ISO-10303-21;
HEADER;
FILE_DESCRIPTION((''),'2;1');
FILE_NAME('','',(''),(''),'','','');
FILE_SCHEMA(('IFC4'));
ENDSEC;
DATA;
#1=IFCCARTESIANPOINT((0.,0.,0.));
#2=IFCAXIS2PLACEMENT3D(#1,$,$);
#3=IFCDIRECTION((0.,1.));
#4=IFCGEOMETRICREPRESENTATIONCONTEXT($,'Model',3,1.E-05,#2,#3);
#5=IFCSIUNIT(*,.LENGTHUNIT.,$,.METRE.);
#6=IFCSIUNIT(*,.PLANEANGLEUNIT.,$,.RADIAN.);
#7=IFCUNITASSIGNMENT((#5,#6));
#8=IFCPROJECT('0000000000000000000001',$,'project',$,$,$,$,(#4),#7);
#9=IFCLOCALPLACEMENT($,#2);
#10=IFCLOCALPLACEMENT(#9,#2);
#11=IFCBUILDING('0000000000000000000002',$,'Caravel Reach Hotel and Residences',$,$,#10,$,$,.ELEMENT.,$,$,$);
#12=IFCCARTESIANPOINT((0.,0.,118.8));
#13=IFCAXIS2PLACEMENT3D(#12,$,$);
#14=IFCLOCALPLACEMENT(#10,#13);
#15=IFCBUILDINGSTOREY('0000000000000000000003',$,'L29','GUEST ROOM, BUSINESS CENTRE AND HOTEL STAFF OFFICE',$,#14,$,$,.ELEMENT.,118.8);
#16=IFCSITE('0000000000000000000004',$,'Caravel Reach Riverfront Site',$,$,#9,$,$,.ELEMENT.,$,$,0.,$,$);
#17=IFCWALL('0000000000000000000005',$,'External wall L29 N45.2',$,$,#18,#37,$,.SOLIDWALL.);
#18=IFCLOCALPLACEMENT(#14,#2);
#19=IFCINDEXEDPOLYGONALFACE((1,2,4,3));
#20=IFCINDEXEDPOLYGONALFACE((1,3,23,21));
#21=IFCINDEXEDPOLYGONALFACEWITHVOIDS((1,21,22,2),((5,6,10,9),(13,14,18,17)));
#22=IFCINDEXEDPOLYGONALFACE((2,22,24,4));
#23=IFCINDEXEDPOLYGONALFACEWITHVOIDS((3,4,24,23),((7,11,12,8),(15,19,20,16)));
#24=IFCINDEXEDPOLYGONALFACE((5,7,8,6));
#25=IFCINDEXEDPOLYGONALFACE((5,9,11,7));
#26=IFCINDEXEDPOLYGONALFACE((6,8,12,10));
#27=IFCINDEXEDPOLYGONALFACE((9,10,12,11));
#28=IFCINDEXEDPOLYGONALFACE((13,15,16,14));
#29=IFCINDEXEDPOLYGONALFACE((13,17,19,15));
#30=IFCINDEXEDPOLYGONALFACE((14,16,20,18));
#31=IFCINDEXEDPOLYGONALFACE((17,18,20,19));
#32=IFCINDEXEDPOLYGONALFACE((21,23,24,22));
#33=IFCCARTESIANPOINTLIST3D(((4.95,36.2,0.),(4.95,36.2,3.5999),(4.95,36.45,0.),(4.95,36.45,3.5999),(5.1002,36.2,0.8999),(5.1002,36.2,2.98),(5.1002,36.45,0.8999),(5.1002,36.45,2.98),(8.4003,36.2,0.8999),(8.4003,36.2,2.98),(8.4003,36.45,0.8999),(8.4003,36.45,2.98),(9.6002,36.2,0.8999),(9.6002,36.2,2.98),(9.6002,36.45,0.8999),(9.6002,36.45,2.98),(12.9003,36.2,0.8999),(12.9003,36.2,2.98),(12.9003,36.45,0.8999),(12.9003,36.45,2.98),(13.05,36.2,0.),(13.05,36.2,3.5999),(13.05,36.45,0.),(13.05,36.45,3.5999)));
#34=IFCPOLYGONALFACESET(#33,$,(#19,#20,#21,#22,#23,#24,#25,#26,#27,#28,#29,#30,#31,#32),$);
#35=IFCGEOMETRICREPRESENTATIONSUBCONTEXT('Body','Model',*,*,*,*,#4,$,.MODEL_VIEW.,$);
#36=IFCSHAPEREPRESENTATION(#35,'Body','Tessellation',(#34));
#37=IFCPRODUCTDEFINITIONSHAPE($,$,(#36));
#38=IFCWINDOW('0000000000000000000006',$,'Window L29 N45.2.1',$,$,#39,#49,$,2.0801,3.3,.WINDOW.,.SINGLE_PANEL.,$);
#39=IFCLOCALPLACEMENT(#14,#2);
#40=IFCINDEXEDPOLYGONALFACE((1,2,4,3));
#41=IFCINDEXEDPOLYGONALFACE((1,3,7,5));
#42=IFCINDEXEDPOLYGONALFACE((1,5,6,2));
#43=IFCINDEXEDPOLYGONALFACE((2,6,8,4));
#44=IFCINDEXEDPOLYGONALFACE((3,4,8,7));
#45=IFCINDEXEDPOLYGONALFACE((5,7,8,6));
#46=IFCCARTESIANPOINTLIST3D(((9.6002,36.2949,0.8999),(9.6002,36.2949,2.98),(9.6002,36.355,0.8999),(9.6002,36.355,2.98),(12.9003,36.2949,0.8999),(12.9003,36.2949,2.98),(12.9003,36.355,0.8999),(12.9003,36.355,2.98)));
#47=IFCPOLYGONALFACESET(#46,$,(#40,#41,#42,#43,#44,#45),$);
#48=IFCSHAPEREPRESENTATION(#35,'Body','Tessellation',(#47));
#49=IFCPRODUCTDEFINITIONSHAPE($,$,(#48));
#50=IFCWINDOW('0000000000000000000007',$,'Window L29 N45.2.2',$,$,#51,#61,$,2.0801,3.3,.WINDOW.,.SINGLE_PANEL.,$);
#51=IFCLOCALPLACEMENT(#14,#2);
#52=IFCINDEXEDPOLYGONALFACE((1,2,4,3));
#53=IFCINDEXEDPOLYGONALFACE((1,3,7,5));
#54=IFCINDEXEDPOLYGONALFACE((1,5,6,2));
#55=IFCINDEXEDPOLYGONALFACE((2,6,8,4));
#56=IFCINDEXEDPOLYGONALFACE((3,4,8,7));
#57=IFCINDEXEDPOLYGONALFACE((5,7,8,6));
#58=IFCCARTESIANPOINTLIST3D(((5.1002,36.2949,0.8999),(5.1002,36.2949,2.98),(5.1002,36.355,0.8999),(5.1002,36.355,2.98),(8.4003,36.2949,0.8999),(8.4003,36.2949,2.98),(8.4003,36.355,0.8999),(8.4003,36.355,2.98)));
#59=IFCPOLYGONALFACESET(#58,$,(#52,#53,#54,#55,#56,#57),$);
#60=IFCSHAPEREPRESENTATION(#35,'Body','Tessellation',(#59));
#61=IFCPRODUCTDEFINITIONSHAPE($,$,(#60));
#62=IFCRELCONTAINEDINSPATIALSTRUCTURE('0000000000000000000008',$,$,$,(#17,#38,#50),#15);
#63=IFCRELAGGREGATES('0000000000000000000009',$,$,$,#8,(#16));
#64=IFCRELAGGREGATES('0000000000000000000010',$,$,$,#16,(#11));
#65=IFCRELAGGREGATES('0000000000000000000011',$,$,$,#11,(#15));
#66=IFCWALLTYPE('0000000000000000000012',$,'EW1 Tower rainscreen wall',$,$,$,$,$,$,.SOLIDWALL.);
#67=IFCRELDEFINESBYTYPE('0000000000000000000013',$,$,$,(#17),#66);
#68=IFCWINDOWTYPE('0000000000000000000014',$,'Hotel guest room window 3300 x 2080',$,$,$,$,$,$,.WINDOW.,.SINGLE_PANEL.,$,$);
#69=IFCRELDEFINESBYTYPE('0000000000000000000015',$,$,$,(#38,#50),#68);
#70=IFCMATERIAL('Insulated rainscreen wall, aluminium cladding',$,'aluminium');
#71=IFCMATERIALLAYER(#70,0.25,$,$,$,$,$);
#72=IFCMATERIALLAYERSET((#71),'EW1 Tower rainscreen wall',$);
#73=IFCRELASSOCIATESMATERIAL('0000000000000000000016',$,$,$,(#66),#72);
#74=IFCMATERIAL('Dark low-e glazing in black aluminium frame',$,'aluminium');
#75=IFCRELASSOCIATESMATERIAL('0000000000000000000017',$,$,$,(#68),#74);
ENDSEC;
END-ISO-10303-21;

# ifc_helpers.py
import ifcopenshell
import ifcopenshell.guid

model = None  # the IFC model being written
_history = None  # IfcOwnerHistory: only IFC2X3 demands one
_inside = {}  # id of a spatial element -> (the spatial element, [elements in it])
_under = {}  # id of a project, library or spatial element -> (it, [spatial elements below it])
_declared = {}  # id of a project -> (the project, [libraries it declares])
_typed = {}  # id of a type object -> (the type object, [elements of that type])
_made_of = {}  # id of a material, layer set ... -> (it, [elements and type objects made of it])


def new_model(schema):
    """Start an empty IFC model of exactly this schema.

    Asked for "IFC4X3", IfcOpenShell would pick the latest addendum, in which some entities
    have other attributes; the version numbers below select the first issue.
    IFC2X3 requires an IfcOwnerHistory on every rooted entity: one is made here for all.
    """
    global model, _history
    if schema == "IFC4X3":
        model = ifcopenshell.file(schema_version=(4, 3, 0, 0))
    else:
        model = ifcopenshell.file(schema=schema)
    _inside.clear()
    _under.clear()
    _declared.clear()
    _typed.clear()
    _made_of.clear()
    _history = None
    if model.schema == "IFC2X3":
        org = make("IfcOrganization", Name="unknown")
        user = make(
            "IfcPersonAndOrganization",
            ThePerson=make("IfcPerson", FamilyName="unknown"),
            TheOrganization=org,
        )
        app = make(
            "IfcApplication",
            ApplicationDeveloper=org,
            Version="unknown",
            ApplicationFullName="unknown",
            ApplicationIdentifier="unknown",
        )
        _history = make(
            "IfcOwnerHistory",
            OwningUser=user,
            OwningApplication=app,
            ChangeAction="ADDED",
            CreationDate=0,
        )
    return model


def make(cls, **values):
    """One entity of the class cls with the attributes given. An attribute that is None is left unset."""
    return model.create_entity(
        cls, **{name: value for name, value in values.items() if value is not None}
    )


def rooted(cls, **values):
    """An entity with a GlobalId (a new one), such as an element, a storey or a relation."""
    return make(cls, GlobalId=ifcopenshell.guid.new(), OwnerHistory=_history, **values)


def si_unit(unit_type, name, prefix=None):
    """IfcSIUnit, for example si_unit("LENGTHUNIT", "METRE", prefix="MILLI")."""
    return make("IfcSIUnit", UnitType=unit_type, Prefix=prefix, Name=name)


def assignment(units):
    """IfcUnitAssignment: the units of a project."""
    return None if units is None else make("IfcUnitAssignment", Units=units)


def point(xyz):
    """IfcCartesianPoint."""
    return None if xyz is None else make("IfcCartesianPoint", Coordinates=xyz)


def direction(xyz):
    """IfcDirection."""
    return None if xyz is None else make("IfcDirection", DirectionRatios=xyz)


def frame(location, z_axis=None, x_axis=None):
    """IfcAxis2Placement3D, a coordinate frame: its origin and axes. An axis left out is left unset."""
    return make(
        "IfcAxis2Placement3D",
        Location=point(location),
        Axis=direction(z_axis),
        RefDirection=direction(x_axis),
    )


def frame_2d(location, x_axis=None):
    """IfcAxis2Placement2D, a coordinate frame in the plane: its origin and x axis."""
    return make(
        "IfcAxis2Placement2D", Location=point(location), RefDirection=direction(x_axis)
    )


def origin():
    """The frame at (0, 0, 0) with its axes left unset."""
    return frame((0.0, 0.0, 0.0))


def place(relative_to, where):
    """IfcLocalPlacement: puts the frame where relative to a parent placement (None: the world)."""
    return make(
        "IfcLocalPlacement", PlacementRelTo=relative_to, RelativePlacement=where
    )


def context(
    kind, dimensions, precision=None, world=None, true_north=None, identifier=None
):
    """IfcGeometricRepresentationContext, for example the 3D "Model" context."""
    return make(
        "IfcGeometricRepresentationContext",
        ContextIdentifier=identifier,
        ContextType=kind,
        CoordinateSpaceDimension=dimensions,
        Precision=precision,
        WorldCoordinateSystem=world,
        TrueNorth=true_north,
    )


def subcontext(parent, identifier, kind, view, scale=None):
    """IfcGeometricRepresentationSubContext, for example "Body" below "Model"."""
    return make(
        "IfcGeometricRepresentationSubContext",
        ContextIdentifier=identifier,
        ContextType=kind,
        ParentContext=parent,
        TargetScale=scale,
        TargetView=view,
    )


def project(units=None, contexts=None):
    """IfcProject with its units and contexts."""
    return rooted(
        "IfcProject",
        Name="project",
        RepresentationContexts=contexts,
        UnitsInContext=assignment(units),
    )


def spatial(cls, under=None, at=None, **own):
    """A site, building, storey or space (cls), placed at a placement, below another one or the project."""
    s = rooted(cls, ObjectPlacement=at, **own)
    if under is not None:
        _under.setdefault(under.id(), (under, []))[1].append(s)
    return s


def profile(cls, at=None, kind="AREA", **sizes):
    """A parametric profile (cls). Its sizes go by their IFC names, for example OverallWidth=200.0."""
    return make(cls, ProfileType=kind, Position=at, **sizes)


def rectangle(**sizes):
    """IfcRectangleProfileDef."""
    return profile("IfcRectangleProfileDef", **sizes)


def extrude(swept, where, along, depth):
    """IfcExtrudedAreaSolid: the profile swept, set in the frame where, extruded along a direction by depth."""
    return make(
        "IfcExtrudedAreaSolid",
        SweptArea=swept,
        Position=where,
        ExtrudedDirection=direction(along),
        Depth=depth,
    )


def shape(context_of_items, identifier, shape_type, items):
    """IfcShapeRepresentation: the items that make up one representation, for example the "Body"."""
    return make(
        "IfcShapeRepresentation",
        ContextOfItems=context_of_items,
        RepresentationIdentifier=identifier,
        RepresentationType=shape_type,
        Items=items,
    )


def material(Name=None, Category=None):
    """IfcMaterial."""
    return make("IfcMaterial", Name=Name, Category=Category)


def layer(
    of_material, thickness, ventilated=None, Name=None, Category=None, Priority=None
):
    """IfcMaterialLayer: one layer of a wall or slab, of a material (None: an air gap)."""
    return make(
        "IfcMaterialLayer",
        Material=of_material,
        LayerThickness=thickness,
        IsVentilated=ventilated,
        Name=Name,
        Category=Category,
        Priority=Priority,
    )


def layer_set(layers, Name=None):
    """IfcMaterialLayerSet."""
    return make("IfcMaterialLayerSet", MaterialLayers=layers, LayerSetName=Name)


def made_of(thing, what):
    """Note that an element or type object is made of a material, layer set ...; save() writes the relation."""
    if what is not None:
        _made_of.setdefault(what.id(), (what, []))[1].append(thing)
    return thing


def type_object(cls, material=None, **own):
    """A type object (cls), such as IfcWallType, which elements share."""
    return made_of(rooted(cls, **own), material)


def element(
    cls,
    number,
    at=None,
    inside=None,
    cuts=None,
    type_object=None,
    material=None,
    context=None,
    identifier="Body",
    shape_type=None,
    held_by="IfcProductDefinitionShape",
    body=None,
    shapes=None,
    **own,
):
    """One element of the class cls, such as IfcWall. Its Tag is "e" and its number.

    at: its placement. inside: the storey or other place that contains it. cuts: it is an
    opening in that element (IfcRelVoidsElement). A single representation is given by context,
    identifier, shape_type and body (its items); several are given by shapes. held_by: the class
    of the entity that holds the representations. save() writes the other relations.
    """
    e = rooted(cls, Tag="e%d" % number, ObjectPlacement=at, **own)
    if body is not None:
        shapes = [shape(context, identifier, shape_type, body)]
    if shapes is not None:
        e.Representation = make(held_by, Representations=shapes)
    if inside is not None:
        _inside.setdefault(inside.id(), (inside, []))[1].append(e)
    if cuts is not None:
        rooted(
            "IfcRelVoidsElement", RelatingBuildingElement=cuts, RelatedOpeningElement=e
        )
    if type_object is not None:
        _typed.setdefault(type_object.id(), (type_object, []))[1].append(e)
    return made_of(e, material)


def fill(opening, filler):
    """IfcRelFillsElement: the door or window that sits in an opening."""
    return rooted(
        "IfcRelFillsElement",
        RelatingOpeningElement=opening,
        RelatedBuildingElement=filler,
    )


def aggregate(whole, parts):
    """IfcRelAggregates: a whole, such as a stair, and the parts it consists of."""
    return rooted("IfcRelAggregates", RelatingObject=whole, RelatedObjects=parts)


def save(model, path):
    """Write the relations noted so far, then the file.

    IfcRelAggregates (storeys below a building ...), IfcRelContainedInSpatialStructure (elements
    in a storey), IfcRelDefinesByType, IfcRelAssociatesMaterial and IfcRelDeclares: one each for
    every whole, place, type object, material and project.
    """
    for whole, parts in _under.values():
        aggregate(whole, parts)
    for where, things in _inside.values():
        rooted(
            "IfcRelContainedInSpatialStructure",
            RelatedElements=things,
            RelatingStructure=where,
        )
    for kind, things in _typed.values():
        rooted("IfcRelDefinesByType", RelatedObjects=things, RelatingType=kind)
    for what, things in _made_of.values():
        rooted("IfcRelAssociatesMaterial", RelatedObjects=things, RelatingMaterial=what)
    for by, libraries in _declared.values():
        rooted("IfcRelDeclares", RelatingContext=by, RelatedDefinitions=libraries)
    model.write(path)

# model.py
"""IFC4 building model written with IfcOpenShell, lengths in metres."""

from ifc_helpers import new_model, si_unit, direction, frame, frame_2d, origin, place, context, subcontext, project, spatial, rectangle, extrude, material, layer, layer_set, type_object, element, fill, save


model = new_model("IFC4")

# Units and contexts
model_context = context("Model", 3, precision=1e-05, world=origin(), true_north=direction((0.0, 1.0)))
body_context = subcontext(model_context, "Body", "Model", "MODEL_VIEW")
ifc_project = project(units=[si_unit("LENGTHUNIT", "METRE"), si_unit("PLANEANGLEUNIT", "RADIAN")], contexts=[model_context])

# Site, building, storey
site_placement = place(None, origin())
site = spatial("IfcSite", under=ifc_project, at=site_placement, Name="Caravel Reach Riverfront Site", CompositionType="ELEMENT", RefElevation=0.0)
building_placement = place(site_placement, origin())
building = spatial("IfcBuilding", under=site, at=building_placement, Name="Caravel Reach Hotel and Residences", CompositionType="ELEMENT")
storey_placement = place(building_placement, frame((0.0, 0.0, 118.8)))
storey = spatial("IfcBuildingStorey", under=building, at=storey_placement, Name="L29", Description="GUEST ROOM, BUSINESS CENTRE AND HOTEL STAFF OFFICE", CompositionType="ELEMENT", Elevation=118.8)

# Shared definitions
ifc_material_1 = material(Name="Insulated rainscreen wall, aluminium cladding", Category="aluminium")
ifc_layer_1 = layer(ifc_material_1, 0.25)
ifc_layer_set_1 = layer_set([ifc_layer_1], Name="EW1 Tower rainscreen wall")
wall_type_1 = type_object("IfcWallType", Name="EW1 Tower rainscreen wall", PredefinedType="SOLIDWALL", material=ifc_layer_set_1)

# Wall, openings, windows
wall_1_placement = place(storey_placement, frame((13.05, 36.325, 0.0), z_axis=(0.0, 0.0, 1.0), x_axis=(-1.0, 0.0, 0.0)))
wall_1 = element("IfcWall", 1, at=wall_1_placement, inside=storey, type_object=wall_type_1, Name="External wall L29 N45.2", PredefinedType="SOLIDWALL", context=body_context, shape_type="SweptSolid", body=[
    extrude(rectangle(XDim=8.1001, YDim=0.25, at=frame_2d((4.05, 0.0))), origin(), (0.0, 0.0, 1.0), 3.5999),
])
opening_1_placement = place(wall_1_placement, frame((0.1499, 0.0, 0.8999)))
opening_1 = element("IfcOpeningElement", 2, at=opening_1_placement, cuts=wall_1, PredefinedType="OPENING", context=body_context, shape_type="SweptSolid", body=[
    extrude(rectangle(XDim=3.3, YDim=2.0801, at=frame_2d((1.6499, 1.04))), frame((0.0, 0.135, 0.0), z_axis=(0.0, -1.0, 0.0), x_axis=(1.0, 0.0, 0.0)), (0.0, 0.0, 1.0), 0.27),
])
opening_2_placement = place(wall_1_placement, frame((4.6499, 0.0, 0.8999)))
opening_2 = element("IfcOpeningElement", 3, at=opening_2_placement, cuts=wall_1, PredefinedType="OPENING", context=body_context, shape_type="SweptSolid", body=[
    extrude(rectangle(XDim=3.3, YDim=2.0801, at=frame_2d((1.6499, 1.04))), frame((0.0, 0.135, 0.0), z_axis=(0.0, -1.0, 0.0), x_axis=(1.0, 0.0, 0.0)), (0.0, 0.0, 1.0), 0.27),
])
ifc_material_2 = material(Name="Dark low-e glazing in black aluminium frame", Category="aluminium")
window_type_1 = type_object("IfcWindowType", Name="Hotel guest room window 3300 x 2080", PartitioningType="SINGLE_PANEL", PredefinedType="WINDOW", material=ifc_material_2)
window_1_placement = place(opening_1_placement, origin())
window_1 = element("IfcWindow", 4, at=window_1_placement, inside=storey, type_object=window_type_1, Name="Window L29 N45.2.1", OverallHeight=2.0801, OverallWidth=3.3, PartitioningType="SINGLE_PANEL", PredefinedType="WINDOW", context=body_context, shape_type="SweptSolid", body=[
    extrude(rectangle(XDim=3.3, YDim=2.0801, at=frame_2d((1.6499, 1.04))), frame((0.0, 0.03, 0.0), z_axis=(0.0, -1.0, 0.0), x_axis=(1.0, 0.0, 0.0)), (0.0, 0.0, 1.0), 0.0601),
])
fill(opening_1, window_1)
window_2_placement = place(opening_2_placement, origin())
window_2 = element("IfcWindow", 5, at=window_2_placement, inside=storey, type_object=window_type_1, Name="Window L29 N45.2.2", OverallHeight=2.0801, OverallWidth=3.3, PartitioningType="SINGLE_PANEL", PredefinedType="WINDOW", context=body_context, shape_type="SweptSolid", body=[
    extrude(rectangle(XDim=3.3, YDim=2.0801, at=frame_2d((1.6499, 1.04))), frame((0.0, 0.03, 0.0), z_axis=(0.0, -1.0, 0.0), x_axis=(1.0, 0.0, 0.0)), (0.0, 0.0, 1.0), 0.0601),
])
fill(opening_2, window_2)

save(model, "model.ifc")
